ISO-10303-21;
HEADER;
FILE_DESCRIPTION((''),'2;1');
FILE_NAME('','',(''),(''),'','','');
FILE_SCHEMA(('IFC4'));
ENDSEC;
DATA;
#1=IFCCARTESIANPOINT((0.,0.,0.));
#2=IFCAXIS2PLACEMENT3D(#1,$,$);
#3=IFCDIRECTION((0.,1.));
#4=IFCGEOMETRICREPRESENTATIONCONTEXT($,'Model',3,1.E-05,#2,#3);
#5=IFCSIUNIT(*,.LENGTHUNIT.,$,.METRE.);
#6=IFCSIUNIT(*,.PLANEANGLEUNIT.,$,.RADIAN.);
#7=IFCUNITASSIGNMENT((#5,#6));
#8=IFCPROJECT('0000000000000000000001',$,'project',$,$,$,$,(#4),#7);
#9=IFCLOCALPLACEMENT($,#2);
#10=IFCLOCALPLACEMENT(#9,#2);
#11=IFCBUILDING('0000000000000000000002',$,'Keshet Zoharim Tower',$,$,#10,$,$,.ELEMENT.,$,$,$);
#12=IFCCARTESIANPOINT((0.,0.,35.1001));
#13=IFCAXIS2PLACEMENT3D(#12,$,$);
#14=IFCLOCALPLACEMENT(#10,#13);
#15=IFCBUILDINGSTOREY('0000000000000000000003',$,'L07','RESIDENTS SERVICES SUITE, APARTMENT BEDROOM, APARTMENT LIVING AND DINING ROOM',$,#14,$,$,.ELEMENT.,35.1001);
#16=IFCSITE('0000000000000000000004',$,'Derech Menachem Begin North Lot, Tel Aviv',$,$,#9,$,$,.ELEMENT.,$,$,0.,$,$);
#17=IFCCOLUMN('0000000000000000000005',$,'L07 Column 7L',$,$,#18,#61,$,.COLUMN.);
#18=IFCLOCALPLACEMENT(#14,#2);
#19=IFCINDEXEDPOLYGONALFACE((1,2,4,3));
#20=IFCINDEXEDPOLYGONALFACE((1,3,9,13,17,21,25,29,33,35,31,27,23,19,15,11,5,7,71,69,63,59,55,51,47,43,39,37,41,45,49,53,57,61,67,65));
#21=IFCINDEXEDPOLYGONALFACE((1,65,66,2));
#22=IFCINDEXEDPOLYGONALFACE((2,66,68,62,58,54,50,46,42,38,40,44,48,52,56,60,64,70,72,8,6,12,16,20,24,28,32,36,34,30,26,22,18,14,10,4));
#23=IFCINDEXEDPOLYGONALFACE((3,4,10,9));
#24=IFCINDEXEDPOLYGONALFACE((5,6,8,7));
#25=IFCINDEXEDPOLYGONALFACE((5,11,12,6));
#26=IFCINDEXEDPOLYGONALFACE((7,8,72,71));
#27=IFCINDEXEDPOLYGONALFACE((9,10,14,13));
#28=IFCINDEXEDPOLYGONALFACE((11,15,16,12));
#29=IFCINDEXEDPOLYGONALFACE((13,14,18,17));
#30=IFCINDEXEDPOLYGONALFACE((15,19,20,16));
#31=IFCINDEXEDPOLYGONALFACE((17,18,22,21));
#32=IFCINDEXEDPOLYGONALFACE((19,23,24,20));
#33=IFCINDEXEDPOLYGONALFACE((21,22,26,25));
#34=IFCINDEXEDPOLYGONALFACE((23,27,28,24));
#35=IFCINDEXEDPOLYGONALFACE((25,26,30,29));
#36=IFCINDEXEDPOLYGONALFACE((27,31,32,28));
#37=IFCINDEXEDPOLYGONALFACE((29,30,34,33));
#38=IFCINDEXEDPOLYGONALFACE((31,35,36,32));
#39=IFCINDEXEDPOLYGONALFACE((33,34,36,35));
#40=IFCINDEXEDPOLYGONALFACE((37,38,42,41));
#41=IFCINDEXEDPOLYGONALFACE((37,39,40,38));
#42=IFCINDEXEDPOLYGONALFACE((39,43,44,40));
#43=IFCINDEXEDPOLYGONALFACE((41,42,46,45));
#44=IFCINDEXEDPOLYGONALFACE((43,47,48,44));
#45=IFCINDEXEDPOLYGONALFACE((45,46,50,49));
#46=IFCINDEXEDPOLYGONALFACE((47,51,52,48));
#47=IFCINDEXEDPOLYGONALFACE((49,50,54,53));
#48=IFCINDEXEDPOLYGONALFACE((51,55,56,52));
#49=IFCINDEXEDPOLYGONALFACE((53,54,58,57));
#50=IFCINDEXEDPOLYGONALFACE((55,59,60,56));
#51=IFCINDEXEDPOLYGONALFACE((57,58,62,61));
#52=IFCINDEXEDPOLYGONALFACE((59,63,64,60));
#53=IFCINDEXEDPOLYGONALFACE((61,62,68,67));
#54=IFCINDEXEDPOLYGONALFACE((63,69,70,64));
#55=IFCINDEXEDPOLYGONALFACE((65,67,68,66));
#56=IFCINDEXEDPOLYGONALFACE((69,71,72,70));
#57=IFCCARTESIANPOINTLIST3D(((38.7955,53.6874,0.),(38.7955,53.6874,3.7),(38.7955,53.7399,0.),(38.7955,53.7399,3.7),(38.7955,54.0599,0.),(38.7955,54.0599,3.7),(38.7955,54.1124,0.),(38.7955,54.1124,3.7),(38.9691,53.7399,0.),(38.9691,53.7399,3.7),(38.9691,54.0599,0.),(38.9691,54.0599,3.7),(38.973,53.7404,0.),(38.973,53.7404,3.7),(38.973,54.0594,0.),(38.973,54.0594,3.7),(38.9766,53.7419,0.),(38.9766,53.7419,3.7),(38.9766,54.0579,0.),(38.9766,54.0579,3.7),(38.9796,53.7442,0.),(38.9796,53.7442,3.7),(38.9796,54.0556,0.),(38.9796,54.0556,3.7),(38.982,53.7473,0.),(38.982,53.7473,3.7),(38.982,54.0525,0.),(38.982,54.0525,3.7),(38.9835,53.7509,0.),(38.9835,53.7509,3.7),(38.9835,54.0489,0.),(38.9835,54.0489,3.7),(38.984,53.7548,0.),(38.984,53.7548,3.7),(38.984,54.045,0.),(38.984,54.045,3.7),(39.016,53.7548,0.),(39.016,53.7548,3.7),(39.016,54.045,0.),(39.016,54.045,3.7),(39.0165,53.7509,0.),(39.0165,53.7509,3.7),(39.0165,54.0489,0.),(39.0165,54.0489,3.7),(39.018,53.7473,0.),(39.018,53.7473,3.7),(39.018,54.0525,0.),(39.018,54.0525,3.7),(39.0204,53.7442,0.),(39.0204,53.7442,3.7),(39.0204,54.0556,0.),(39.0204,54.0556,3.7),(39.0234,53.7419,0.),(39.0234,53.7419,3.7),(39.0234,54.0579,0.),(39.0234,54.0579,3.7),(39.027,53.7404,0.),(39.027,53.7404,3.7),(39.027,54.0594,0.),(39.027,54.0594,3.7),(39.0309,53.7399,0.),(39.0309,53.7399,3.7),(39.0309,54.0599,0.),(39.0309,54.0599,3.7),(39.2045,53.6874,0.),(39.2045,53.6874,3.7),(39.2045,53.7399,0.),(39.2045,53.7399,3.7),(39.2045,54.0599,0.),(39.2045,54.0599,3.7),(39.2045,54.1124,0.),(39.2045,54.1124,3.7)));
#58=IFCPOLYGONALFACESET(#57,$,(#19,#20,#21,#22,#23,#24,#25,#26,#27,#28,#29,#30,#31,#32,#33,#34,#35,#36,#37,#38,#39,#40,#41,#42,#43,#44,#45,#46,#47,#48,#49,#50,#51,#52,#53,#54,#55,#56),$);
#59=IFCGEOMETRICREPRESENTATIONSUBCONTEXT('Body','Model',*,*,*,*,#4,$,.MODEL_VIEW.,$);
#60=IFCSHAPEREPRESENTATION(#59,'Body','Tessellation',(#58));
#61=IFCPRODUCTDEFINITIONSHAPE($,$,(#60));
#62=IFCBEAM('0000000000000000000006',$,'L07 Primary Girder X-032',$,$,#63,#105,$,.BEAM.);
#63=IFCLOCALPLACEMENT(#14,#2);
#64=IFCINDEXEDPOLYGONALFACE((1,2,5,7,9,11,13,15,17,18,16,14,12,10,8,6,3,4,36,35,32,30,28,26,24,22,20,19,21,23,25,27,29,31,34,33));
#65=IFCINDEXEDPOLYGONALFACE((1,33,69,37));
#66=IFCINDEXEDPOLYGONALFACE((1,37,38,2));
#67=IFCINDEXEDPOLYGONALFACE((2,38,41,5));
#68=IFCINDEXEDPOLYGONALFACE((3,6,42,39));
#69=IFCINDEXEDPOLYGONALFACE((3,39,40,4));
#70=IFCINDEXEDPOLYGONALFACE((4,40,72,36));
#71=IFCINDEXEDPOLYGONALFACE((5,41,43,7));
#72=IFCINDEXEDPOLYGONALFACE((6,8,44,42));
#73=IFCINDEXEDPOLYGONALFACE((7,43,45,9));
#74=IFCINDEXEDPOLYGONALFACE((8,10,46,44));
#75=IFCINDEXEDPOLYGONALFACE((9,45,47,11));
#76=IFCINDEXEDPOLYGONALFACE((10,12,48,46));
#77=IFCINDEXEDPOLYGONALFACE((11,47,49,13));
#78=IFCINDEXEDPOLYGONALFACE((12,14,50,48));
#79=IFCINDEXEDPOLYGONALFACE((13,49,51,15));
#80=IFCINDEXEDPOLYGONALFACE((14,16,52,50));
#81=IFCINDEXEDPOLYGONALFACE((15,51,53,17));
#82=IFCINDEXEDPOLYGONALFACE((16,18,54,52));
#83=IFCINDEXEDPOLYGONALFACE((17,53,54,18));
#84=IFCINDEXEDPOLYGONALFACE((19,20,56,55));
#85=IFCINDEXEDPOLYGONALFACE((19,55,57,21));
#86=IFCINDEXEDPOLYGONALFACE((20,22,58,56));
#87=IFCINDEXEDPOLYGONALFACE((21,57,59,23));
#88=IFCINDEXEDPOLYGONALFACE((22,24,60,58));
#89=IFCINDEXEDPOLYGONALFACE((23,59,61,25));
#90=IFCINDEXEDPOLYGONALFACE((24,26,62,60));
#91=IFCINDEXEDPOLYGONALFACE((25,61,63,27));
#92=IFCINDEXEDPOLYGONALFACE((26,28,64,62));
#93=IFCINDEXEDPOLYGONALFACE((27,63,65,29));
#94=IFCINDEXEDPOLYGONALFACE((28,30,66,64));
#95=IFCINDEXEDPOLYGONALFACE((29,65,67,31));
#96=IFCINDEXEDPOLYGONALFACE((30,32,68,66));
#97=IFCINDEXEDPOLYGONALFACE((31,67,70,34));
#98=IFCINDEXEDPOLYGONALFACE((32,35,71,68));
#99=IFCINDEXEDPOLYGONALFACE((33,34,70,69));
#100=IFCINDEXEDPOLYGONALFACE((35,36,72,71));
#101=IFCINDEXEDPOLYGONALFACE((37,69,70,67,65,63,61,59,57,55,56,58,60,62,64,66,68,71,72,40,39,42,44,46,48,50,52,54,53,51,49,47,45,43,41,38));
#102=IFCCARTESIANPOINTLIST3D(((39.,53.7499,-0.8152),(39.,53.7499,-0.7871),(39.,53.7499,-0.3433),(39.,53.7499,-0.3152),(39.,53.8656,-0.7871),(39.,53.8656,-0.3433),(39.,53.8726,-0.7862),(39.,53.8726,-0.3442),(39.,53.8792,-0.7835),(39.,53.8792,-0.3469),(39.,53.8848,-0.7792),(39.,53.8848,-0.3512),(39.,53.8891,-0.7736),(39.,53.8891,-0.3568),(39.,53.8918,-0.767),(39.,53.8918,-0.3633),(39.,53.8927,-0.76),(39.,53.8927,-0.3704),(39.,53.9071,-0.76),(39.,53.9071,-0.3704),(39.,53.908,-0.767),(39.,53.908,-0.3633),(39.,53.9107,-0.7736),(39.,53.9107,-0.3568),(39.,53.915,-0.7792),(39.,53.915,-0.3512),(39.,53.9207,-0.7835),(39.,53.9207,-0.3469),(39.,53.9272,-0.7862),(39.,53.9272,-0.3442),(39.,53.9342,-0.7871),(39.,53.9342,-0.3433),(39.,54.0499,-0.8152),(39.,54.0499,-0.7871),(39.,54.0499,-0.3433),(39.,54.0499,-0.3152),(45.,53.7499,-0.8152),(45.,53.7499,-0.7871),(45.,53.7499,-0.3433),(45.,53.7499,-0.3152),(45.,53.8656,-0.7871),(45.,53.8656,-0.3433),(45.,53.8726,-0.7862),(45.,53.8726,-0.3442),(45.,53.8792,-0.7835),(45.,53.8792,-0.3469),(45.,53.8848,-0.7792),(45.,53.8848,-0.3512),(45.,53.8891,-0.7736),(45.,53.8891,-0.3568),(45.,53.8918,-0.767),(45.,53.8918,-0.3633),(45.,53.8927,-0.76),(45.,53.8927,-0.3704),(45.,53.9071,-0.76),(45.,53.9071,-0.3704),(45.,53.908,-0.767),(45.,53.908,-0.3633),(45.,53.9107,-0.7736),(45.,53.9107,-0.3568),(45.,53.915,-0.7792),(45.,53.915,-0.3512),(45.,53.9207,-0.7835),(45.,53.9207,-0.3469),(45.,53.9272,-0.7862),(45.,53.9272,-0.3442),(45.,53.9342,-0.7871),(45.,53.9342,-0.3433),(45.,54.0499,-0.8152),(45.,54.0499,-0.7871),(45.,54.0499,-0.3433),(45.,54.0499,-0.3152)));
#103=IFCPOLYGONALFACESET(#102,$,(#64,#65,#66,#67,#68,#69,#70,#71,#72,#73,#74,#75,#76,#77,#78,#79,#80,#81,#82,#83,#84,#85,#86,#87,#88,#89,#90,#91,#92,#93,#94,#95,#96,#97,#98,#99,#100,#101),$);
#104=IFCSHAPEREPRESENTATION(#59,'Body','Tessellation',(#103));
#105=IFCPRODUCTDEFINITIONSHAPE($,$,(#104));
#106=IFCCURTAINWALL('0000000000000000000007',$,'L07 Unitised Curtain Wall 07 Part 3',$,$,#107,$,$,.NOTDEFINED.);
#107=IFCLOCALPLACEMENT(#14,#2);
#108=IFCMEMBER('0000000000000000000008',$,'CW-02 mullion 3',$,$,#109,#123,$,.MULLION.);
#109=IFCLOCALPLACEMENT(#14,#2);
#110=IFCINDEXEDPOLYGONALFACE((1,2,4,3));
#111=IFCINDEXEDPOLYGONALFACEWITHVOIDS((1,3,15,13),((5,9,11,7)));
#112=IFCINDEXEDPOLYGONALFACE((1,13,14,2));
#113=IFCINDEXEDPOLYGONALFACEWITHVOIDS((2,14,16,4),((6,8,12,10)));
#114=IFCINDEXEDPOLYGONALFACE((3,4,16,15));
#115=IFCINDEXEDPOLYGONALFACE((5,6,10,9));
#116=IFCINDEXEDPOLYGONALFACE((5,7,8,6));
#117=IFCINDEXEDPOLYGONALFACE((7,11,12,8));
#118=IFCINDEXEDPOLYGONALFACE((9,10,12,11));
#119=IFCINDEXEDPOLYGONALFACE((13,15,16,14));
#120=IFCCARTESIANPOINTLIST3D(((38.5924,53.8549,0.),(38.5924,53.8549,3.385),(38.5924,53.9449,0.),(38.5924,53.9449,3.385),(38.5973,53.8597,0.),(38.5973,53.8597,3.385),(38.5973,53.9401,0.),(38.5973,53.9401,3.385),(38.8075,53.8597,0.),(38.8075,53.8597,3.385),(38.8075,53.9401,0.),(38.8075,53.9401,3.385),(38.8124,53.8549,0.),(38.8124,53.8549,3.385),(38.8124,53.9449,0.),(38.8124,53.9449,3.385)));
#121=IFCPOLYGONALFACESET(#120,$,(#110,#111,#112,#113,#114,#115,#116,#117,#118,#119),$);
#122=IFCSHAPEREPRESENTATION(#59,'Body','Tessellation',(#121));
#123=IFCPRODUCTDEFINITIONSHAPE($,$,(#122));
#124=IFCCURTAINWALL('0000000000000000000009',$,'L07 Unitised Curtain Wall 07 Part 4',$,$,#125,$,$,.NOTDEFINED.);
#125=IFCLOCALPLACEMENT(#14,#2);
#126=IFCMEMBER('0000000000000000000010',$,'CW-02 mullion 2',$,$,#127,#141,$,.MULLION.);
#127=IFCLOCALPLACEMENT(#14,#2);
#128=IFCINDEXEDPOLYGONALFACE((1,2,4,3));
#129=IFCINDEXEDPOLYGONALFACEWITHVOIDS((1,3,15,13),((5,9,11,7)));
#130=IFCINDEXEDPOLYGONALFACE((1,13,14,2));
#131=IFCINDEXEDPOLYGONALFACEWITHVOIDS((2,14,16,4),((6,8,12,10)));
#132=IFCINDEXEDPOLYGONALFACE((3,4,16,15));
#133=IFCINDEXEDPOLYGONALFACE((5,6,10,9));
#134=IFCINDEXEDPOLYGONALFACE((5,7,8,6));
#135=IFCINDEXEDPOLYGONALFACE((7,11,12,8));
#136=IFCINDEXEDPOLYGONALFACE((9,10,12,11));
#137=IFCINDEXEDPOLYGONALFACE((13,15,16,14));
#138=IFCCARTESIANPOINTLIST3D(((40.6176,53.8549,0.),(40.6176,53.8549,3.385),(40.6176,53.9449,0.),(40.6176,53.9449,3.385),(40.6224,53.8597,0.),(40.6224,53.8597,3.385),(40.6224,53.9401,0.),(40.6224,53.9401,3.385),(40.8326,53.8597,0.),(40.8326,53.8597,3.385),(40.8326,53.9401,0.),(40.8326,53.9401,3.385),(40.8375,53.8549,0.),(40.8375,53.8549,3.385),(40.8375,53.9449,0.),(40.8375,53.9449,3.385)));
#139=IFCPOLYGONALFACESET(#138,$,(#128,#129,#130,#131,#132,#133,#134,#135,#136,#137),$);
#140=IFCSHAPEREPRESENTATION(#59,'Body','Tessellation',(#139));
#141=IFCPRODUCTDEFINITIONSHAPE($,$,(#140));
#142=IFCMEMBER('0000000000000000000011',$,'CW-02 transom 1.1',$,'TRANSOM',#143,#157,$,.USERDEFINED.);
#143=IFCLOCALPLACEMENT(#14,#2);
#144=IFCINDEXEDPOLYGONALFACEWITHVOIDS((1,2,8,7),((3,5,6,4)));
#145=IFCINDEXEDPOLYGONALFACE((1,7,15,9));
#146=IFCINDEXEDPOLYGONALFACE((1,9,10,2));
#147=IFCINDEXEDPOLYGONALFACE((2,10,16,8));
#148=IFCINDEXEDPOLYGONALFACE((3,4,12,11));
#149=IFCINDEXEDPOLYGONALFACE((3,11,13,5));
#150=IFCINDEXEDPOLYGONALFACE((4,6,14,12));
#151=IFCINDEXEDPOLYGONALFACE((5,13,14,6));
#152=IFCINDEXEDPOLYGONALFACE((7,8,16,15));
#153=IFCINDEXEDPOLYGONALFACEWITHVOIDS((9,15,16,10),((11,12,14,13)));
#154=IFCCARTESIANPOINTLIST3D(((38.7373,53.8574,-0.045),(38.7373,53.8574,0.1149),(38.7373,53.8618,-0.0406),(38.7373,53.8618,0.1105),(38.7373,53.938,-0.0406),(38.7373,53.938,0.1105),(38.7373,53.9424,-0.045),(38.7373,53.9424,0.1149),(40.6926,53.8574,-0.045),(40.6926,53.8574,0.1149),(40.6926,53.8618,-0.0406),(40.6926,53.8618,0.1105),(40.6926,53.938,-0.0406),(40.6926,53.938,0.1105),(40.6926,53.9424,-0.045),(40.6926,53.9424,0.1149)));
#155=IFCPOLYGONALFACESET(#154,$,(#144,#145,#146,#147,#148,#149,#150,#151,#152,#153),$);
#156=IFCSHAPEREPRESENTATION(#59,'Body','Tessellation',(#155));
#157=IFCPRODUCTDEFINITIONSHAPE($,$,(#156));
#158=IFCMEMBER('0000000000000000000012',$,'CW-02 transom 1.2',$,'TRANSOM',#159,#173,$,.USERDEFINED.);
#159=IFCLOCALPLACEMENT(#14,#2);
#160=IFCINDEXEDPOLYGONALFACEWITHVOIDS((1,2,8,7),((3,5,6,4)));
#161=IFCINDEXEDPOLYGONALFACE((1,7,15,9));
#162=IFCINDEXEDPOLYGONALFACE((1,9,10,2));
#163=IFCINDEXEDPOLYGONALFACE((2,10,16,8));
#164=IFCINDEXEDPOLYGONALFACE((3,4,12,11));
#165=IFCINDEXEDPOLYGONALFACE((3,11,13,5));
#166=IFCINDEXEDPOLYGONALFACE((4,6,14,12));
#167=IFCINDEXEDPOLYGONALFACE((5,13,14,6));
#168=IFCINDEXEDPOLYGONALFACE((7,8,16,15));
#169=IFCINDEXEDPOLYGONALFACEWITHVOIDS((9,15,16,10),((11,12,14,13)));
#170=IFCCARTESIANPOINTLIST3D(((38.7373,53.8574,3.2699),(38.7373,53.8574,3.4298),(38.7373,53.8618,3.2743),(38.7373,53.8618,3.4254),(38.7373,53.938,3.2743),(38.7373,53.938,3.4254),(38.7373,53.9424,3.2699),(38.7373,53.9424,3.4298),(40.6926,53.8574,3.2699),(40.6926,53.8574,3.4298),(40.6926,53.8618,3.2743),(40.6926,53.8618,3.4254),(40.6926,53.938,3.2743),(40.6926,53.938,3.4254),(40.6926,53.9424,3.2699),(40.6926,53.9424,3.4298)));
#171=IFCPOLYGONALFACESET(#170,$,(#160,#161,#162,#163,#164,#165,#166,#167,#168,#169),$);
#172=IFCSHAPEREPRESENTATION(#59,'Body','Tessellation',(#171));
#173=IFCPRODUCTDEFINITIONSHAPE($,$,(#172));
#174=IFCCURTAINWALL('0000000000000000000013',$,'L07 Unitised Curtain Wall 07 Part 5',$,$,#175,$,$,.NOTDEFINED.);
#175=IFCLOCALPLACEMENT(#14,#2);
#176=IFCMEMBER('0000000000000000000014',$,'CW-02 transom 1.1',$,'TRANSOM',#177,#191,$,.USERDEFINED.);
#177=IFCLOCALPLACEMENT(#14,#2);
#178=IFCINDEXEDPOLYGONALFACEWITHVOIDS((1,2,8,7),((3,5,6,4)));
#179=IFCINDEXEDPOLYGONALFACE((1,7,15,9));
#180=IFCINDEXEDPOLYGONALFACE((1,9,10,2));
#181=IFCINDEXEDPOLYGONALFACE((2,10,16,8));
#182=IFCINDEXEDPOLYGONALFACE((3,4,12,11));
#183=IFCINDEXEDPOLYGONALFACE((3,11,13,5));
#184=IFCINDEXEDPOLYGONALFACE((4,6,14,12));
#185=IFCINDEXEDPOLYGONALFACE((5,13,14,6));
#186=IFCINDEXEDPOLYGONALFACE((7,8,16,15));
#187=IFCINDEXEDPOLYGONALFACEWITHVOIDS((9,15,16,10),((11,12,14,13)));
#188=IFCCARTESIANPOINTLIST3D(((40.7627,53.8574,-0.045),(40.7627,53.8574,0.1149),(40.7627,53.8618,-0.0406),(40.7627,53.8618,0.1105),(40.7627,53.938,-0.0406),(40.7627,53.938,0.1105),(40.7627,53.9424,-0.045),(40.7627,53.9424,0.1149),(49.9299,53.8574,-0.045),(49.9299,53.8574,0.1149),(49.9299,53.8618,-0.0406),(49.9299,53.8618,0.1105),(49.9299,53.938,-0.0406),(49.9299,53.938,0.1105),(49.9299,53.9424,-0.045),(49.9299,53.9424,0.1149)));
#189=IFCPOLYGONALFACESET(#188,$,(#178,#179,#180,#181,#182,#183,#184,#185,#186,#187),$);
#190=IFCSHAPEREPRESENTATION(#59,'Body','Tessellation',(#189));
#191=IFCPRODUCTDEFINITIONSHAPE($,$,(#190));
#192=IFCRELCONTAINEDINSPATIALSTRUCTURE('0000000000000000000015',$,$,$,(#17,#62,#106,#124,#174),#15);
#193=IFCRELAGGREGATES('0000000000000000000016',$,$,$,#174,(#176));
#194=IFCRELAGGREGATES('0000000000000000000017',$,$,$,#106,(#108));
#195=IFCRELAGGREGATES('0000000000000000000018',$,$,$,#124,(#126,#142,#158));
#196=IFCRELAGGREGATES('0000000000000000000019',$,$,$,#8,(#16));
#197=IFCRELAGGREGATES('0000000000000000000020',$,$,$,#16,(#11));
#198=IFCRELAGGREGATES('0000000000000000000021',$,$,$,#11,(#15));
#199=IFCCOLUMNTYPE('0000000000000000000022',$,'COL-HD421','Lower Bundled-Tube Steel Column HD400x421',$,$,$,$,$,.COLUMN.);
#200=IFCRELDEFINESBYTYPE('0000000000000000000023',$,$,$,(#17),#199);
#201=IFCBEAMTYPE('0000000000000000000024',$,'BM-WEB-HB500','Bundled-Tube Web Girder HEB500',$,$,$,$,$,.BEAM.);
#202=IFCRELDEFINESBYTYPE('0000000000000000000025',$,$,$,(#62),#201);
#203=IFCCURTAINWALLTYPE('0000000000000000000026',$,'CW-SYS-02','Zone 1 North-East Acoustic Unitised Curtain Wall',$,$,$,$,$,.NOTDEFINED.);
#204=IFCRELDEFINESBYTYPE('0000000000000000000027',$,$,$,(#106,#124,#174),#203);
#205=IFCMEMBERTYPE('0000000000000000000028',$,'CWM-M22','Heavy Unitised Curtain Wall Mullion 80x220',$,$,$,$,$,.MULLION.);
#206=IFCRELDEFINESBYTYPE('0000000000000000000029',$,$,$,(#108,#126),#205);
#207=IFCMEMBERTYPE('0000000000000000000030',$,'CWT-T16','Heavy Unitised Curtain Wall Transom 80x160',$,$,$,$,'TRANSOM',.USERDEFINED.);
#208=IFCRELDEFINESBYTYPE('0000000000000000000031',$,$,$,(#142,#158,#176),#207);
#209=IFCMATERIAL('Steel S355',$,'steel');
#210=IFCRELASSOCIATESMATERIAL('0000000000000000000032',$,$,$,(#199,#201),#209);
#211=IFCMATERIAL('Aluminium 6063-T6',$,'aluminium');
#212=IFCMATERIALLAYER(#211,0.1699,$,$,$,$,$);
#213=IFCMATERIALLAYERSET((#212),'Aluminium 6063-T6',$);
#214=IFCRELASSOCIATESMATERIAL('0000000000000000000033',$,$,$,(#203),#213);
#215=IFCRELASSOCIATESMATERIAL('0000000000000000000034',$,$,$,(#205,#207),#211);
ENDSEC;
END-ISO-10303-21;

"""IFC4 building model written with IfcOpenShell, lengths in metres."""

from ifc_helpers import new_model, si_unit, direction, frame, origin, origin_2d, place, context, subcontext, project, spatial, hollow_rectangle, i_section, extrude, material, layer, layer_set, material_profile, profile_set, type_object, element, aggregate, save


model = new_model("IFC4")

# Units and contexts
model_context = context("Model", 3, precision=1e-05, world=origin(), true_north=direction((0.0, 1.0)))
body_context = subcontext(model_context, "Body", "Model", "MODEL_VIEW")
ifc_project = project(units=[si_unit("LENGTHUNIT", "METRE"), si_unit("PLANEANGLEUNIT", "RADIAN")], contexts=[model_context])

# Site, building, storey
site_placement = place(None, origin())
site = spatial("IfcSite", under=ifc_project, at=site_placement, Name="Derech Menachem Begin North Lot, Tel Aviv", CompositionType="ELEMENT", RefElevation=0.0)
building_placement = place(site_placement, origin())
building = spatial("IfcBuilding", under=site, at=building_placement, Name="Keshet Zoharim Tower", CompositionType="ELEMENT")
storey_placement = place(building_placement, frame((0.0, 0.0, 35.1001)))
storey = spatial("IfcBuildingStorey", under=building, at=storey_placement, Name="L07", Description="RESIDENTS SERVICES SUITE, APARTMENT BEDROOM, APARTMENT LIVING AND DINING ROOM", CompositionType="ELEMENT", Elevation=35.1001)

# Column
ifc_material_1 = material(Name="Steel S355", Category="steel")
ifc_material_profile_1 = material_profile(ifc_material_1, i_section(OverallWidth=0.4089, OverallDepth=0.425, WebThickness=0.032, FlangeThickness=0.0525, FilletRadius=0.0149, at=origin_2d()), Name="HD400x421")
ifc_profile_set_1 = profile_set([ifc_material_profile_1], Name="Steel S355")
column_type = type_object("IfcColumnType", Name="COL-HD421", Description="Lower Bundled-Tube Steel Column HD400x421", PredefinedType="COLUMN", material=ifc_profile_set_1)
column_placement = place(storey_placement, frame((39.0, 53.8999, 0.0), z_axis=(0.0, 0.0, 1.0), x_axis=(1.0, 0.0, 0.0)))
element("IfcColumn", 1, at=column_placement, inside=storey, type_object=column_type, Name="L07 Column 7L", PredefinedType="COLUMN", context=body_context, shape_type="SweptSolid", body=[
    extrude(i_section(OverallWidth=0.4089, OverallDepth=0.425, WebThickness=0.032, FlangeThickness=0.0525, FilletRadius=0.0149, at=origin_2d()), origin(), (0.0, 0.0, 1.0), 3.7),
])

# Beam
ifc_material_profile_2 = material_profile(ifc_material_1, i_section(OverallWidth=0.3, OverallDepth=0.5, WebThickness=0.0144, FlangeThickness=0.0281, FilletRadius=0.0271, at=origin_2d()), Name="HEB500")
ifc_profile_set_2 = profile_set([ifc_material_profile_2], Name="Steel S355")
beam_type = type_object("IfcBeamType", Name="BM-WEB-HB500", Description="Bundled-Tube Web Girder HEB500", PredefinedType="BEAM", material=ifc_profile_set_2)
beam_placement = place(storey_placement, frame((39.0, 53.8999, -0.5652), z_axis=(1.0, 0.0, 0.0), x_axis=(0.0, 1.0, 0.0)))
element("IfcBeam", 2, at=beam_placement, inside=storey, type_object=beam_type, Name="L07 Primary Girder X-032", PredefinedType="BEAM", context=body_context, shape_type="SweptSolid", body=[
    extrude(i_section(OverallWidth=0.3, OverallDepth=0.5, WebThickness=0.0144, FlangeThickness=0.0281, FilletRadius=0.0271, at=origin_2d()), origin(), (0.0, 0.0, 1.0), 6.0),
])

# Curtain wall, member
ifc_material_2 = material(Name="Aluminium 6063-T6", Category="aluminium")
ifc_layer_1 = layer(ifc_material_2, 0.1699)
ifc_layer_set_1 = layer_set([ifc_layer_1], Name="Aluminium 6063-T6")
curtain_wall_type = type_object("IfcCurtainWallType", Name="CW-SYS-02", Description="Zone 1 North-East Acoustic Unitised Curtain Wall", PredefinedType="NOTDEFINED", material=ifc_layer_set_1)
curtain_wall_1_placement = place(storey_placement, origin())
curtain_wall_1 = element("IfcCurtainWall", 3, at=curtain_wall_1_placement, inside=storey, type_object=curtain_wall_type, Name="L07 Unitised Curtain Wall 07 Part 3", PredefinedType="NOTDEFINED")
ifc_material_profile_3 = material_profile(ifc_material_2, hollow_rectangle(XDim=0.0901, YDim=0.22, WallThickness=0.0049, at=origin_2d()), Name="MUL-90x220")
ifc_profile_set_3 = profile_set([ifc_material_profile_3], Name="Aluminium 6063-T6")
member_type_1 = type_object("IfcMemberType", Name="CWM-M22", Description="Heavy Unitised Curtain Wall Mullion 80x220", PredefinedType="MULLION", material=ifc_profile_set_3)
member_1_placement = place(storey_placement, frame((38.7024, 53.8999, 0.0), z_axis=(0.0, 0.0, 1.0), x_axis=(0.0, 1.0, 0.0)))
member_1 = element("IfcMember", 4, at=member_1_placement, type_object=member_type_1, Name="CW-02 mullion 3", PredefinedType="MULLION", context=body_context, shape_type="SweptSolid", body=[
    extrude(hollow_rectangle(XDim=0.0901, YDim=0.22, WallThickness=0.0049, at=origin_2d()), origin(), (0.0, 0.0, 1.0), 3.385),
])

# Curtain walls, members
curtain_wall_2_placement = place(storey_placement, origin())
curtain_wall_2 = element("IfcCurtainWall", 5, at=curtain_wall_2_placement, inside=storey, type_object=curtain_wall_type, Name="L07 Unitised Curtain Wall 07 Part 4", PredefinedType="NOTDEFINED")
member_2_placement = place(storey_placement, frame((40.7275, 53.8999, 0.0), z_axis=(0.0, 0.0, 1.0), x_axis=(0.0, 1.0, 0.0)))
member_2 = element("IfcMember", 6, at=member_2_placement, type_object=member_type_1, Name="CW-02 mullion 2", PredefinedType="MULLION", context=body_context, shape_type="SweptSolid", body=[
    extrude(hollow_rectangle(XDim=0.0901, YDim=0.22, WallThickness=0.0049, at=origin_2d()), origin(), (0.0, 0.0, 1.0), 3.385),
])
ifc_material_profile_4 = material_profile(ifc_material_2, hollow_rectangle(XDim=0.085, YDim=0.1599, WallThickness=0.0044, at=origin_2d()), Name="TRN-85x160")
ifc_profile_set_4 = profile_set([ifc_material_profile_4], Name="Aluminium 6063-T6")
member_type_2 = type_object("IfcMemberType", Name="CWT-T16", Description="Heavy Unitised Curtain Wall Transom 80x160", ElementType="TRANSOM", PredefinedType="USERDEFINED", material=ifc_profile_set_4)
member_3_placement = place(storey_placement, frame((38.7373, 53.8999, 0.0349), z_axis=(1.0, 0.0, 0.0), x_axis=(0.0, 1.0, 0.0)))
member_3 = element("IfcMember", 7, at=member_3_placement, type_object=member_type_2, Name="CW-02 transom 1.1", ObjectType="TRANSOM", PredefinedType="USERDEFINED", context=body_context, shape_type="SweptSolid", body=[
    extrude(hollow_rectangle(XDim=0.085, YDim=0.1599, WallThickness=0.0044, at=origin_2d()), origin(), (0.0, 0.0, 1.0), 1.9553),
])
member_4_placement = place(storey_placement, frame((38.7373, 53.8999, 3.3499), z_axis=(1.0, 0.0, 0.0), x_axis=(0.0, 1.0, 0.0)))
member_4 = element("IfcMember", 8, at=member_4_placement, type_object=member_type_2, Name="CW-02 transom 1.2", ObjectType="TRANSOM", PredefinedType="USERDEFINED", context=body_context, shape_type="SweptSolid", body=[
    extrude(hollow_rectangle(XDim=0.085, YDim=0.1599, WallThickness=0.0044, at=origin_2d()), origin(), (0.0, 0.0, 1.0), 1.9553),
])
curtain_wall_3_placement = place(storey_placement, origin())
curtain_wall_3 = element("IfcCurtainWall", 9, at=curtain_wall_3_placement, inside=storey, type_object=curtain_wall_type, Name="L07 Unitised Curtain Wall 07 Part 5", PredefinedType="NOTDEFINED")
member_5_placement = place(storey_placement, frame((40.7627, 53.8999, 0.0349), z_axis=(1.0, 0.0, 0.0), x_axis=(0.0, 1.0, 0.0)))
member_5 = element("IfcMember", 10, at=member_5_placement, type_object=member_type_2, Name="CW-02 transom 1.1", ObjectType="TRANSOM", PredefinedType="USERDEFINED", context=body_context, shape_type="SweptSolid", body=[
    extrude(hollow_rectangle(XDim=0.085, YDim=0.1599, WallThickness=0.0044, at=origin_2d()), origin(), (0.0, 0.0, 1.0), 9.1672),
])
aggregate(curtain_wall_3, [member_5])

aggregate(curtain_wall_1, [member_1])
aggregate(curtain_wall_2, [member_2, member_3, member_4])

save(model, "model.ifc")
